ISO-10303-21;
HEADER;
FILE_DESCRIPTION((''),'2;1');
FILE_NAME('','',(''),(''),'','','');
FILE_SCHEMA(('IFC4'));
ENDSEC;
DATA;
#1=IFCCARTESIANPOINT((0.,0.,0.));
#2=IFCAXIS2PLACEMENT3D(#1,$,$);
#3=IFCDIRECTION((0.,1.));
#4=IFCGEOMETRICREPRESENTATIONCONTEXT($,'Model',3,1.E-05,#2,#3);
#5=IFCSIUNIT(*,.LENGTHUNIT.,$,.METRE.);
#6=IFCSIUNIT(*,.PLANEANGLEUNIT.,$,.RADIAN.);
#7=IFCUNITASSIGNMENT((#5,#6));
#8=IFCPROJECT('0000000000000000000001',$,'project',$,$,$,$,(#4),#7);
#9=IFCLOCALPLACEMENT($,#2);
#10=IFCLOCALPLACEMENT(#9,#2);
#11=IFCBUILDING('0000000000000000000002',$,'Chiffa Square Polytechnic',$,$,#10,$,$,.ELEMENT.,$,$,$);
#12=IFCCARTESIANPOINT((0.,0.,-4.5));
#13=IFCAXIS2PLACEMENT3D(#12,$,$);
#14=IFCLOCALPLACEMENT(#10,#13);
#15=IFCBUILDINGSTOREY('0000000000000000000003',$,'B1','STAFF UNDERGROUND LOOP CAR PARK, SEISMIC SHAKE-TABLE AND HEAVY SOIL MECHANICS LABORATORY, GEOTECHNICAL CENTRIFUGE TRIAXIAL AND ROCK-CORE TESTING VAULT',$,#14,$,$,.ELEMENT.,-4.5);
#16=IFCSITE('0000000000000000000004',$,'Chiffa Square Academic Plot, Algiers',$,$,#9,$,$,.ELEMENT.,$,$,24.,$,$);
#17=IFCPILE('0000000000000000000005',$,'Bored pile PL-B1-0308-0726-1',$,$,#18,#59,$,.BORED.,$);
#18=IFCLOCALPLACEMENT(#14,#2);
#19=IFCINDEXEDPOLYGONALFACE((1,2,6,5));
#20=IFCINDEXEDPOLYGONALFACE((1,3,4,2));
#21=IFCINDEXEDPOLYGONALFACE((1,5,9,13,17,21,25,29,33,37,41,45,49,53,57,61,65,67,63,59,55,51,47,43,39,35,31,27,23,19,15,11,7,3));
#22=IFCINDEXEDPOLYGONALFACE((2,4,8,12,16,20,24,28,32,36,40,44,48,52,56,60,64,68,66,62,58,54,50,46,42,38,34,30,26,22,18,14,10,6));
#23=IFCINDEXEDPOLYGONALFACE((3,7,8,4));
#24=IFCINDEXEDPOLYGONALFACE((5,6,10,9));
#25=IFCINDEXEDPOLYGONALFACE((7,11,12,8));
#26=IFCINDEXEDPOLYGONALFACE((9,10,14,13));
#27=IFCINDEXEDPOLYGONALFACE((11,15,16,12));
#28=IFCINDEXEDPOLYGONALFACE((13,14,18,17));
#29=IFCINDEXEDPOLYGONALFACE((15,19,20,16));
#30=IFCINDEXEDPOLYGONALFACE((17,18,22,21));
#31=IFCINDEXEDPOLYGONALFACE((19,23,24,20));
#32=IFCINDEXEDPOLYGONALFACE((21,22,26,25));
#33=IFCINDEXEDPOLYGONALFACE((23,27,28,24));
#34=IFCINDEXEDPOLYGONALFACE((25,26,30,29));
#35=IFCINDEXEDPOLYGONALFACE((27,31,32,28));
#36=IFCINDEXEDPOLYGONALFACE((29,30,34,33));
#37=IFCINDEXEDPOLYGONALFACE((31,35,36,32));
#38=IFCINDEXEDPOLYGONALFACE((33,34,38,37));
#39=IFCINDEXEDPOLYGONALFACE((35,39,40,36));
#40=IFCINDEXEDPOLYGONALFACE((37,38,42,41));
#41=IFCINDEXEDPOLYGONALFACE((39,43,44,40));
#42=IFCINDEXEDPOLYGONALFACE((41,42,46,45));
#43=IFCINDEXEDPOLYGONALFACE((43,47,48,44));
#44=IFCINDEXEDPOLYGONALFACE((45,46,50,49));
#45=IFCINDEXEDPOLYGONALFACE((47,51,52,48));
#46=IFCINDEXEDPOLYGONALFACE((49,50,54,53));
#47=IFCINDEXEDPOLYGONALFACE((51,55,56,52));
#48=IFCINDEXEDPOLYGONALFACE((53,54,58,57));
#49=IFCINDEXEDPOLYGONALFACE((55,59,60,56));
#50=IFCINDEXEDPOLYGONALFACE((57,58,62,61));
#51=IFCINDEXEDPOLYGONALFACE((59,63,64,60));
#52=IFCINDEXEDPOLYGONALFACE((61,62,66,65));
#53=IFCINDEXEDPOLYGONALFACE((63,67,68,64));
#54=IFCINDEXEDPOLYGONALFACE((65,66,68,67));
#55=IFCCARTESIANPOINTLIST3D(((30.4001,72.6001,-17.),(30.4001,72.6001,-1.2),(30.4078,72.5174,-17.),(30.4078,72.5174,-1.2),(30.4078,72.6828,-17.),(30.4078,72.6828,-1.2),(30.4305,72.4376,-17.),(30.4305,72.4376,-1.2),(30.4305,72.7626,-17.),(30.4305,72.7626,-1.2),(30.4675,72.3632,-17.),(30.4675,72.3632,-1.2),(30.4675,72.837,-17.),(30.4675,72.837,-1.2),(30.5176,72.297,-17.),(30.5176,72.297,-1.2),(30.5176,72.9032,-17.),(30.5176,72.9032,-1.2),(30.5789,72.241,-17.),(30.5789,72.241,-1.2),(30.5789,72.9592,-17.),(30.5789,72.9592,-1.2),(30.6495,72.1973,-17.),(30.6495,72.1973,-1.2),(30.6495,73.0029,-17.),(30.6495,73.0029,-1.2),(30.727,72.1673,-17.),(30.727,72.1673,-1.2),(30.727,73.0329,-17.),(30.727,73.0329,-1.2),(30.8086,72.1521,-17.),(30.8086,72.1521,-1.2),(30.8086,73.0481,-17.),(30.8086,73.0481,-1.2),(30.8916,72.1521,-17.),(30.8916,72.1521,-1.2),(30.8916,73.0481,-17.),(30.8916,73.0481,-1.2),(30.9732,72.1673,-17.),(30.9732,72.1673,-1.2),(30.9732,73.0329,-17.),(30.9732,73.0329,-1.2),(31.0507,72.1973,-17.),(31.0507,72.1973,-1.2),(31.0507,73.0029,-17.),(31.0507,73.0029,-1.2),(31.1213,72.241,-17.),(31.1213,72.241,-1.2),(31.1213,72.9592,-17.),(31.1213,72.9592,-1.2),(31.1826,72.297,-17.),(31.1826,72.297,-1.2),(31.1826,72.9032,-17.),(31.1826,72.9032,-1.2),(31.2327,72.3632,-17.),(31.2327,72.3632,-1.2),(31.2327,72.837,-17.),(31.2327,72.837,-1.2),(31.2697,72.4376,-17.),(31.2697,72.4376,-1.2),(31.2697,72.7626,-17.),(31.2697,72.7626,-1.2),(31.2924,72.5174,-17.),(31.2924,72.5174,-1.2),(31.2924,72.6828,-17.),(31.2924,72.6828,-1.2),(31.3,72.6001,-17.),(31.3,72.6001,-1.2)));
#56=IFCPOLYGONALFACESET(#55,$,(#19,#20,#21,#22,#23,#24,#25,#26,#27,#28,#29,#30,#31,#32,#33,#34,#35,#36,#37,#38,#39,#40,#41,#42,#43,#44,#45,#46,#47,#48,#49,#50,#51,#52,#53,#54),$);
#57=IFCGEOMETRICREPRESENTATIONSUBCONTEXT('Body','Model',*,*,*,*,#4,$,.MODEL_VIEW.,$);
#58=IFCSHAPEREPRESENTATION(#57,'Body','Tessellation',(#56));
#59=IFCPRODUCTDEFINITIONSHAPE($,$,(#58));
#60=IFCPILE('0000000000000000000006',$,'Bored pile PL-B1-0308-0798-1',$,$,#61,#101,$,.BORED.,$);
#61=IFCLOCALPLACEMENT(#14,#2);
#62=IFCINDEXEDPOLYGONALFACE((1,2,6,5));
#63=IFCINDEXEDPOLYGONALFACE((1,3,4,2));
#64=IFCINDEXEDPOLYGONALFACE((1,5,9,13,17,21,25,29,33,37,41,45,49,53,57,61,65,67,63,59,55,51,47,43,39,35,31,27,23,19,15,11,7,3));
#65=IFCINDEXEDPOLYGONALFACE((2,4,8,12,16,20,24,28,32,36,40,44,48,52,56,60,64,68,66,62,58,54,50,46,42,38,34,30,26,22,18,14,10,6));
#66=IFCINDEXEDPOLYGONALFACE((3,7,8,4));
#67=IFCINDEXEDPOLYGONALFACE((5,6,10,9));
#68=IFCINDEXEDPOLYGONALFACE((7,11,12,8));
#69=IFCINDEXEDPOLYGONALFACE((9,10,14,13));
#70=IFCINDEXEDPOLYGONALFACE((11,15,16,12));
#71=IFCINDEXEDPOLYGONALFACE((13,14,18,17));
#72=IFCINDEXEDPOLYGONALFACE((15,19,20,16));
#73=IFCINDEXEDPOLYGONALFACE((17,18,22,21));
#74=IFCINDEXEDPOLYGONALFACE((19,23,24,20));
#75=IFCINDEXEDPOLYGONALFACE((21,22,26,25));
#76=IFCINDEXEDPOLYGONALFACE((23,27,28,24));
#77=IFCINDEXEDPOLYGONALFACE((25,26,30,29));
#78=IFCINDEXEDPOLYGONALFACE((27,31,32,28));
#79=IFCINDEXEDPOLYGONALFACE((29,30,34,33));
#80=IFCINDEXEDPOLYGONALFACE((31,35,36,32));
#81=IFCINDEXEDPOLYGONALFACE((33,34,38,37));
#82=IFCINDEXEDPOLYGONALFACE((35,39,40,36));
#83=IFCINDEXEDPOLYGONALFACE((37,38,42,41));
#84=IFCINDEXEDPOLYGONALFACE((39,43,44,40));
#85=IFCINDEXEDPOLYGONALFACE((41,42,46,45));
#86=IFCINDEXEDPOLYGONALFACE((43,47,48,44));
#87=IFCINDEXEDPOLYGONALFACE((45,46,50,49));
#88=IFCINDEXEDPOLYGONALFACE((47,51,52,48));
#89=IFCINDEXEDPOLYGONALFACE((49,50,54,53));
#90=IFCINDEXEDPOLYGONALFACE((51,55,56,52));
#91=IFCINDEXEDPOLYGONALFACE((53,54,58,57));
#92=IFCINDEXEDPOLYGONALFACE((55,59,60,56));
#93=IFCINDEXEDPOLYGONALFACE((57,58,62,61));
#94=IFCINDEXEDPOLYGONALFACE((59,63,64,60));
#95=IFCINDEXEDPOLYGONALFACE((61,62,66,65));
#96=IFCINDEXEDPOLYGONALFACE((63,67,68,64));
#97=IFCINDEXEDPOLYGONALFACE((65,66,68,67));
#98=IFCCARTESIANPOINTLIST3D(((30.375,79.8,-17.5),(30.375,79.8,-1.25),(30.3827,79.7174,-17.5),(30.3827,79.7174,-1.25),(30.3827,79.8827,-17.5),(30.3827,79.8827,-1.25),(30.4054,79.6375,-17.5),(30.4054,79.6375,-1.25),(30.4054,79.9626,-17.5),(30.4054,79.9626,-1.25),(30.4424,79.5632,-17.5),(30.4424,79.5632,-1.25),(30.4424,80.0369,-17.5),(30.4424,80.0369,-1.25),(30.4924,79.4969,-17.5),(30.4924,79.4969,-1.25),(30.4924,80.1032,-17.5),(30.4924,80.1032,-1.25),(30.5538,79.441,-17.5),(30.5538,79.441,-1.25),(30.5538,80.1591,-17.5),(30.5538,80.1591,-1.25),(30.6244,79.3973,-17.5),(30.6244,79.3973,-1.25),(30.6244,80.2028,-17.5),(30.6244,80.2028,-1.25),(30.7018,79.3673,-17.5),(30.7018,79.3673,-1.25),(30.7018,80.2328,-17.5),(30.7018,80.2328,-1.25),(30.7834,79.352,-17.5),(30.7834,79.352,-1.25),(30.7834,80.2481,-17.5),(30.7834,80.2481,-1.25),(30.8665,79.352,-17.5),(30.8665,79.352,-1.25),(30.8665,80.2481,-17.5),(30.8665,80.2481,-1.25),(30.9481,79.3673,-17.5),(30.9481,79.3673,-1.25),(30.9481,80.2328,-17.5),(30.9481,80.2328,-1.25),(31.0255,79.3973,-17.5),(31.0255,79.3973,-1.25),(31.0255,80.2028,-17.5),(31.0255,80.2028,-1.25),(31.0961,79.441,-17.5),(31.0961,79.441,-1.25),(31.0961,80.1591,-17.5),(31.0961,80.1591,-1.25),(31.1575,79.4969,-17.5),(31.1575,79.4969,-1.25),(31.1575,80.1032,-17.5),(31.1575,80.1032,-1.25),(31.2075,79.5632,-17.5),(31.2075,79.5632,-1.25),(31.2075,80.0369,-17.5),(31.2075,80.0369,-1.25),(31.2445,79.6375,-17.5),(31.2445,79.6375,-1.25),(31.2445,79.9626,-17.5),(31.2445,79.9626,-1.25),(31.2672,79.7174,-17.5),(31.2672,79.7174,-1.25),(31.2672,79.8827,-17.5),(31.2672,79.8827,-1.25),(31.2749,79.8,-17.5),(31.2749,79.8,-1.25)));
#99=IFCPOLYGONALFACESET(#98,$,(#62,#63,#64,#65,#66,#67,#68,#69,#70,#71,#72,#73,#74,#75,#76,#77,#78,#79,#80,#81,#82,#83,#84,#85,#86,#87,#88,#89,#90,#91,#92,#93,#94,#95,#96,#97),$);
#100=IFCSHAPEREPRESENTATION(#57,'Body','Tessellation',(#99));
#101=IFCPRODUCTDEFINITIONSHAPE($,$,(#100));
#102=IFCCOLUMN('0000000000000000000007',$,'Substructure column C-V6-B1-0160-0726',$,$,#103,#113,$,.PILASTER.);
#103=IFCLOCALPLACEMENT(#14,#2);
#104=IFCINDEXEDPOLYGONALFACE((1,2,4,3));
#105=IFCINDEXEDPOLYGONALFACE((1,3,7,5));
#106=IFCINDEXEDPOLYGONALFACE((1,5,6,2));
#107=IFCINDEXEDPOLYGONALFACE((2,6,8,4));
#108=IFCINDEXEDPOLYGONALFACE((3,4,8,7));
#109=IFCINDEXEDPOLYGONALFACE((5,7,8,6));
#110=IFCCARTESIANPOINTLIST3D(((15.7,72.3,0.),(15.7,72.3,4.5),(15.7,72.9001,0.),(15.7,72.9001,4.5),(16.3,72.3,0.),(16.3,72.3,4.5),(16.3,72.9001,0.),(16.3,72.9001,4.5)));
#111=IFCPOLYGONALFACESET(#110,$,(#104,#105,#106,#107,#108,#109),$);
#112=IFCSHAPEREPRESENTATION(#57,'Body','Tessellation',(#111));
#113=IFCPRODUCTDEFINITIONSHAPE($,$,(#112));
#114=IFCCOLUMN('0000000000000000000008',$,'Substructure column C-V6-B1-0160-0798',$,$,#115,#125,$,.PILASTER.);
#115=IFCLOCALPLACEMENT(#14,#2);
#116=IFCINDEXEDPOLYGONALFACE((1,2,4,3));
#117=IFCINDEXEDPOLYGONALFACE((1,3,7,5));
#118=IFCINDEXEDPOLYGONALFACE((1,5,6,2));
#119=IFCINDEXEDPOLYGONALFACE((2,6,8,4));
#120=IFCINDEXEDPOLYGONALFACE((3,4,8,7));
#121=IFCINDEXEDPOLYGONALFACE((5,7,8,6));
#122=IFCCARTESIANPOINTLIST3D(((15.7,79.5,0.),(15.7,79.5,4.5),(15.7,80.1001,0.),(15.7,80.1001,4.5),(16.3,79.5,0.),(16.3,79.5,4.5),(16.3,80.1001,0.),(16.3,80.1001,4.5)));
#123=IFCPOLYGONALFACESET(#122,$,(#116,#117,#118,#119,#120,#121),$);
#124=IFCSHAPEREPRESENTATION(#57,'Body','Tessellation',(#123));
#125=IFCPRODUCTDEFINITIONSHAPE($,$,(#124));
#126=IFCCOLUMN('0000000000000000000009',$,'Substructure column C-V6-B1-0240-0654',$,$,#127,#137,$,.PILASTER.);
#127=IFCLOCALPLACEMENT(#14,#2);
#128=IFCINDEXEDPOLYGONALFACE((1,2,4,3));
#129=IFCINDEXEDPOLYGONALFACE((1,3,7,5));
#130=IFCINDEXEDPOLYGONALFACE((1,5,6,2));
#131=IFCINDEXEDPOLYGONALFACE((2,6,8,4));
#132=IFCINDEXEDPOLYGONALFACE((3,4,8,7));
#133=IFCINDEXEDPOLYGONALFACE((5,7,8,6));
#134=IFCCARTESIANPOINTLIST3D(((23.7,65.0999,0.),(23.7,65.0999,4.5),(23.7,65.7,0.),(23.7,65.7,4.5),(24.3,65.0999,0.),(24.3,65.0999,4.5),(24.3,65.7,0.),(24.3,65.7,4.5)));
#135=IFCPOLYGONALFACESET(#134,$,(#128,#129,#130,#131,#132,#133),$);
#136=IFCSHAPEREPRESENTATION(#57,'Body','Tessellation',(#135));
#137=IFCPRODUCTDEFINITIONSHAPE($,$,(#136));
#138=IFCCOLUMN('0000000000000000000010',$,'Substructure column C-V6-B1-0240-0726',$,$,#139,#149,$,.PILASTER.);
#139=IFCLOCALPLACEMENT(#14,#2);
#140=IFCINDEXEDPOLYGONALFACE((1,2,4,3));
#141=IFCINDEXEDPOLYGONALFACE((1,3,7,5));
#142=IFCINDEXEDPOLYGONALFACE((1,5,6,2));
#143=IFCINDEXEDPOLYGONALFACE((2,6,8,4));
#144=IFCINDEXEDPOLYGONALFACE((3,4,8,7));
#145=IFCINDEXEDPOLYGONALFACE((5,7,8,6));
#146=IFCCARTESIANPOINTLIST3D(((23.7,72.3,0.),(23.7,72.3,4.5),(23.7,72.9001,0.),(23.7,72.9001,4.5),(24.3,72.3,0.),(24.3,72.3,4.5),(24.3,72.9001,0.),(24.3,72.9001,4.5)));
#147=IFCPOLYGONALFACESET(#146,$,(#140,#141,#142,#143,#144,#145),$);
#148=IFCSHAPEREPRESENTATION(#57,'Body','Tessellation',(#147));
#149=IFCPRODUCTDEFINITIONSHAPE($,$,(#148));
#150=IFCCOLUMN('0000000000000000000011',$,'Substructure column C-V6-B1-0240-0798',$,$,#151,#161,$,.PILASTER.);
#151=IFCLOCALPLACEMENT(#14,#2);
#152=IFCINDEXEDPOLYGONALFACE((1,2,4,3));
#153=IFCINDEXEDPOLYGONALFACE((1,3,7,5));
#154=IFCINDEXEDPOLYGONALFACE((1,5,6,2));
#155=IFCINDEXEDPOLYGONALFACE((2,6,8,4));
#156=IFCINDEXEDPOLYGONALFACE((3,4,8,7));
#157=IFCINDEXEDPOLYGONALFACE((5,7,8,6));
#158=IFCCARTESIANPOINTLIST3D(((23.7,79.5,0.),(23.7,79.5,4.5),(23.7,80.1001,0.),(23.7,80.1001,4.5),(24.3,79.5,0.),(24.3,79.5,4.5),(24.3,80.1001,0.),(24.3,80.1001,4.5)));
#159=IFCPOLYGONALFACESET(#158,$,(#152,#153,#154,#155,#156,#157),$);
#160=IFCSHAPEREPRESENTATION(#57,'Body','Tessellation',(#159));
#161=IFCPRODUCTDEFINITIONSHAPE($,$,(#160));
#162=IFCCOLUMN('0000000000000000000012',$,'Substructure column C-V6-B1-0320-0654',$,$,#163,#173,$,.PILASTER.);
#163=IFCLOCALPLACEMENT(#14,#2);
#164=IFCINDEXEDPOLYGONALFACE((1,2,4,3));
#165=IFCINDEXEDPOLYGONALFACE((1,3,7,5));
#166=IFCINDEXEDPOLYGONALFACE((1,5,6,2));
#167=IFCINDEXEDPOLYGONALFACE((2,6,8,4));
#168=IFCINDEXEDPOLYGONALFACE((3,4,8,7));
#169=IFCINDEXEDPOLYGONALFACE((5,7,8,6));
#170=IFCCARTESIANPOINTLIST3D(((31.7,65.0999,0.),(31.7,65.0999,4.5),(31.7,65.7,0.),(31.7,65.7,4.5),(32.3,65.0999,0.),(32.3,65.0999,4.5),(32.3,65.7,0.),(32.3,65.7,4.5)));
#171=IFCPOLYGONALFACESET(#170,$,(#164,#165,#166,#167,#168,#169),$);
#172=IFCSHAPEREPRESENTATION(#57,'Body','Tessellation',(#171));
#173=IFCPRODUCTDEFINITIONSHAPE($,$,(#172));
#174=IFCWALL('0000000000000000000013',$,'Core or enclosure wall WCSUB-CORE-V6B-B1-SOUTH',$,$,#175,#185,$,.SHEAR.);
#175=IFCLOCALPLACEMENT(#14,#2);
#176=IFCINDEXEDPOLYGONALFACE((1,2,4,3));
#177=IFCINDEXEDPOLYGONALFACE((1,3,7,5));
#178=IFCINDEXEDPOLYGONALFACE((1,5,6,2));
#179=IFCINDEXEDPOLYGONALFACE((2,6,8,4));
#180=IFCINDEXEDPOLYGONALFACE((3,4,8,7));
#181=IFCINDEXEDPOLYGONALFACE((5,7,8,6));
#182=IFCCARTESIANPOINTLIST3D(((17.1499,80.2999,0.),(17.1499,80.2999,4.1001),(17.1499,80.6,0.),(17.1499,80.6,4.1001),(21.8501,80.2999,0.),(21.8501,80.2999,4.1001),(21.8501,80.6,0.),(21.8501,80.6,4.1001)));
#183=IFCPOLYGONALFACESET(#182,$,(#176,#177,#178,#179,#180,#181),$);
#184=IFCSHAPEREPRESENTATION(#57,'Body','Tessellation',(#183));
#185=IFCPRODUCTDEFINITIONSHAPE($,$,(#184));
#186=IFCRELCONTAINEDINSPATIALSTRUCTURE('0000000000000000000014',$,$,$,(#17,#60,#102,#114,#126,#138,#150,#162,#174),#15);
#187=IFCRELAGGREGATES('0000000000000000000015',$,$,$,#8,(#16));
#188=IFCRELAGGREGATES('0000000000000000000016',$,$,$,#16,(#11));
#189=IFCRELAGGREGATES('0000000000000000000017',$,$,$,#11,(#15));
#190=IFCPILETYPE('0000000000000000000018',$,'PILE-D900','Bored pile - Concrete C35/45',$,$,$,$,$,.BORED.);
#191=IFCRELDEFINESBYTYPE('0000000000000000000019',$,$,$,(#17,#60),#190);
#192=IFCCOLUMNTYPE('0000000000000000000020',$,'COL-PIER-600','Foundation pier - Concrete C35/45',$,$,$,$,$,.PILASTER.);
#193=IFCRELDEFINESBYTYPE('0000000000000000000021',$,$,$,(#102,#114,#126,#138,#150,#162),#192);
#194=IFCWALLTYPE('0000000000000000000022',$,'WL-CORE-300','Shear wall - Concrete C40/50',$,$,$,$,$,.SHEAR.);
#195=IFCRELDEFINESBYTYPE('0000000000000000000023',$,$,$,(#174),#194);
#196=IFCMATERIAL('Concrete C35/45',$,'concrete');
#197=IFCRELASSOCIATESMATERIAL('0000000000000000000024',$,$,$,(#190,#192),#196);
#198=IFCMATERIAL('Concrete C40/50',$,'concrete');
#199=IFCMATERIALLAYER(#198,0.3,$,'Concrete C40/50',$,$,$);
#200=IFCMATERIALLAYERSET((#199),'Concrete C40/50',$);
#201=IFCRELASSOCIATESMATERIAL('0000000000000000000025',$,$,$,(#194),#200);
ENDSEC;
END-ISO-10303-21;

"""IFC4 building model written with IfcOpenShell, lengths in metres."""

from ifc_helpers import new_model, si_unit, direction, frame, frame_2d, origin, origin_2d, place, context, subcontext, project, spatial, rectangle, circle, extrude, material, layer, layer_set, material_profile, profile_set, type_object, element, save


model = new_model("IFC4")

# Units and contexts
model_context = context("Model", 3, precision=1e-05, world=origin(), true_north=direction((0.0, 1.0)))
body_context = subcontext(model_context, "Body", "Model", "MODEL_VIEW")
ifc_project = project(units=[si_unit("LENGTHUNIT", "METRE"), si_unit("PLANEANGLEUNIT", "RADIAN")], contexts=[model_context])

# Site, building, storey
site_placement = place(None, origin())
site = spatial("IfcSite", under=ifc_project, at=site_placement, Name="Chiffa Square Academic Plot, Algiers", CompositionType="ELEMENT", RefElevation=24.0)
building_placement = place(site_placement, origin())
building = spatial("IfcBuilding", under=site, at=building_placement, Name="Chiffa Square Polytechnic", CompositionType="ELEMENT")
storey_placement = place(building_placement, frame((0.0, 0.0, -4.5)))
storey = spatial("IfcBuildingStorey", under=building, at=storey_placement, Name="B1", Description="STAFF UNDERGROUND LOOP CAR PARK, SEISMIC SHAKE-TABLE AND HEAVY SOIL MECHANICS LABORATORY, GEOTECHNICAL CENTRIFUGE TRIAXIAL AND ROCK-CORE TESTING VAULT", CompositionType="ELEMENT", Elevation=-4.5)

# Shared definitions
ifc_material_1 = material(Name="Concrete C35/45", Category="concrete")

# Piles
ifc_material_profile_1 = material_profile(ifc_material_1, circle(Radius=0.45, at=origin_2d()), Name="PILE D900")
ifc_profile_set_1 = profile_set([ifc_material_profile_1], Name="Concrete C35/45")
pile_type_1 = type_object("IfcPileType", Name="PILE-D900", Description="Bored pile - Concrete C35/45", PredefinedType="BORED", material=ifc_profile_set_1)
pile_1_placement = place(storey_placement, frame((30.8501, 72.6001, -1.2), z_axis=(0.0, 0.0, -1.0), x_axis=(1.0, 0.0, 0.0)))
element("IfcPile", 1, at=pile_1_placement, inside=storey, type_object=pile_type_1, Name="Bored pile PL-B1-0308-0726-1", PredefinedType="BORED", context=body_context, shape_type="SweptSolid", body=[
    extrude(circle(Radius=0.45, at=origin_2d()), origin(), (0.0, 0.0, 1.0), 15.8),
])
pile_2_placement = place(storey_placement, frame((30.825, 79.8, -1.25), z_axis=(0.0, 0.0, -1.0), x_axis=(1.0, 0.0, 0.0)))
element("IfcPile", 2, at=pile_2_placement, inside=storey, type_object=pile_type_1, Name="Bored pile PL-B1-0308-0798-1", PredefinedType="BORED", context=body_context, shape_type="SweptSolid", body=[
    extrude(circle(Radius=0.45, at=origin_2d()), origin(), (0.0, 0.0, 1.0), 16.25),
])

# Columns
ifc_material_profile_2 = material_profile(ifc_material_1, rectangle(XDim=0.6001, YDim=0.6001, at=origin_2d()), Name="RC 600x600")
ifc_profile_set_2 = profile_set([ifc_material_profile_2], Name="Concrete C35/45")
column_type = type_object("IfcColumnType", Name="COL-PIER-600", Description="Foundation pier - Concrete C35/45", PredefinedType="PILASTER", material=ifc_profile_set_2)
for number, where, z_axis, x_axis, name in (
    (3, (16.0, 72.6001, 0.0), (0.0, 0.0, 1.0), (1.0, 0.0, 0.0), "Substructure column C-V6-B1-0160-0726"),
    (4, (16.0, 79.8, 0.0), (0.0, 0.0, 1.0), (1.0, 0.0, 0.0), "Substructure column C-V6-B1-0160-0798"),
    (5, (24.0, 65.3999, 0.0), (0.0, 0.0, 1.0), (1.0, 0.0, 0.0), "Substructure column C-V6-B1-0240-0654"),
    (6, (24.0, 72.6001, 0.0), (0.0, 0.0, 1.0), (1.0, 0.0, 0.0), "Substructure column C-V6-B1-0240-0726"),
    (7, (24.0, 79.8, 0.0), (0.0, 0.0, 1.0), (1.0, 0.0, 0.0), "Substructure column C-V6-B1-0240-0798"),
    (8, (32.0, 65.3999, 0.0), (0.0, 0.0, 1.0), (1.0, 0.0, 0.0), "Substructure column C-V6-B1-0320-0654"),
):
    element("IfcColumn", number, at=place(storey_placement, frame(where, z_axis=z_axis, x_axis=x_axis)), inside=storey, type_object=column_type, Name=name, PredefinedType="PILASTER", context=body_context, shape_type="SweptSolid", body=[
        extrude(rectangle(XDim=0.6001, YDim=0.6001, at=origin_2d()), origin(), (0.0, 0.0, 1.0), 4.5),
    ])

# Wall
ifc_material_2 = material(Name="Concrete C40/50", Category="concrete")
ifc_layer_1 = layer(ifc_material_2, 0.3, Name="Concrete C40/50")
ifc_layer_set_1 = layer_set([ifc_layer_1], Name="Concrete C40/50")
wall_type = type_object("IfcWallType", Name="WL-CORE-300", Description="Shear wall - Concrete C40/50", PredefinedType="SHEAR", material=ifc_layer_set_1)
wall_placement = place(storey_placement, frame((17.1499, 80.45, 0.0), z_axis=(0.0, 0.0, 1.0), x_axis=(1.0, 0.0, 0.0)))
element("IfcWall", 9, at=wall_placement, inside=storey, type_object=wall_type, Name="Core or enclosure wall WCSUB-CORE-V6B-B1-SOUTH", PredefinedType="SHEAR", context=body_context, shape_type="SweptSolid", body=[
    extrude(rectangle(XDim=4.7002, YDim=0.3, at=frame_2d((2.3501, 0.0))), origin(), (0.0, 0.0, 1.0), 4.1001),
])

save(model, "model.ifc")
